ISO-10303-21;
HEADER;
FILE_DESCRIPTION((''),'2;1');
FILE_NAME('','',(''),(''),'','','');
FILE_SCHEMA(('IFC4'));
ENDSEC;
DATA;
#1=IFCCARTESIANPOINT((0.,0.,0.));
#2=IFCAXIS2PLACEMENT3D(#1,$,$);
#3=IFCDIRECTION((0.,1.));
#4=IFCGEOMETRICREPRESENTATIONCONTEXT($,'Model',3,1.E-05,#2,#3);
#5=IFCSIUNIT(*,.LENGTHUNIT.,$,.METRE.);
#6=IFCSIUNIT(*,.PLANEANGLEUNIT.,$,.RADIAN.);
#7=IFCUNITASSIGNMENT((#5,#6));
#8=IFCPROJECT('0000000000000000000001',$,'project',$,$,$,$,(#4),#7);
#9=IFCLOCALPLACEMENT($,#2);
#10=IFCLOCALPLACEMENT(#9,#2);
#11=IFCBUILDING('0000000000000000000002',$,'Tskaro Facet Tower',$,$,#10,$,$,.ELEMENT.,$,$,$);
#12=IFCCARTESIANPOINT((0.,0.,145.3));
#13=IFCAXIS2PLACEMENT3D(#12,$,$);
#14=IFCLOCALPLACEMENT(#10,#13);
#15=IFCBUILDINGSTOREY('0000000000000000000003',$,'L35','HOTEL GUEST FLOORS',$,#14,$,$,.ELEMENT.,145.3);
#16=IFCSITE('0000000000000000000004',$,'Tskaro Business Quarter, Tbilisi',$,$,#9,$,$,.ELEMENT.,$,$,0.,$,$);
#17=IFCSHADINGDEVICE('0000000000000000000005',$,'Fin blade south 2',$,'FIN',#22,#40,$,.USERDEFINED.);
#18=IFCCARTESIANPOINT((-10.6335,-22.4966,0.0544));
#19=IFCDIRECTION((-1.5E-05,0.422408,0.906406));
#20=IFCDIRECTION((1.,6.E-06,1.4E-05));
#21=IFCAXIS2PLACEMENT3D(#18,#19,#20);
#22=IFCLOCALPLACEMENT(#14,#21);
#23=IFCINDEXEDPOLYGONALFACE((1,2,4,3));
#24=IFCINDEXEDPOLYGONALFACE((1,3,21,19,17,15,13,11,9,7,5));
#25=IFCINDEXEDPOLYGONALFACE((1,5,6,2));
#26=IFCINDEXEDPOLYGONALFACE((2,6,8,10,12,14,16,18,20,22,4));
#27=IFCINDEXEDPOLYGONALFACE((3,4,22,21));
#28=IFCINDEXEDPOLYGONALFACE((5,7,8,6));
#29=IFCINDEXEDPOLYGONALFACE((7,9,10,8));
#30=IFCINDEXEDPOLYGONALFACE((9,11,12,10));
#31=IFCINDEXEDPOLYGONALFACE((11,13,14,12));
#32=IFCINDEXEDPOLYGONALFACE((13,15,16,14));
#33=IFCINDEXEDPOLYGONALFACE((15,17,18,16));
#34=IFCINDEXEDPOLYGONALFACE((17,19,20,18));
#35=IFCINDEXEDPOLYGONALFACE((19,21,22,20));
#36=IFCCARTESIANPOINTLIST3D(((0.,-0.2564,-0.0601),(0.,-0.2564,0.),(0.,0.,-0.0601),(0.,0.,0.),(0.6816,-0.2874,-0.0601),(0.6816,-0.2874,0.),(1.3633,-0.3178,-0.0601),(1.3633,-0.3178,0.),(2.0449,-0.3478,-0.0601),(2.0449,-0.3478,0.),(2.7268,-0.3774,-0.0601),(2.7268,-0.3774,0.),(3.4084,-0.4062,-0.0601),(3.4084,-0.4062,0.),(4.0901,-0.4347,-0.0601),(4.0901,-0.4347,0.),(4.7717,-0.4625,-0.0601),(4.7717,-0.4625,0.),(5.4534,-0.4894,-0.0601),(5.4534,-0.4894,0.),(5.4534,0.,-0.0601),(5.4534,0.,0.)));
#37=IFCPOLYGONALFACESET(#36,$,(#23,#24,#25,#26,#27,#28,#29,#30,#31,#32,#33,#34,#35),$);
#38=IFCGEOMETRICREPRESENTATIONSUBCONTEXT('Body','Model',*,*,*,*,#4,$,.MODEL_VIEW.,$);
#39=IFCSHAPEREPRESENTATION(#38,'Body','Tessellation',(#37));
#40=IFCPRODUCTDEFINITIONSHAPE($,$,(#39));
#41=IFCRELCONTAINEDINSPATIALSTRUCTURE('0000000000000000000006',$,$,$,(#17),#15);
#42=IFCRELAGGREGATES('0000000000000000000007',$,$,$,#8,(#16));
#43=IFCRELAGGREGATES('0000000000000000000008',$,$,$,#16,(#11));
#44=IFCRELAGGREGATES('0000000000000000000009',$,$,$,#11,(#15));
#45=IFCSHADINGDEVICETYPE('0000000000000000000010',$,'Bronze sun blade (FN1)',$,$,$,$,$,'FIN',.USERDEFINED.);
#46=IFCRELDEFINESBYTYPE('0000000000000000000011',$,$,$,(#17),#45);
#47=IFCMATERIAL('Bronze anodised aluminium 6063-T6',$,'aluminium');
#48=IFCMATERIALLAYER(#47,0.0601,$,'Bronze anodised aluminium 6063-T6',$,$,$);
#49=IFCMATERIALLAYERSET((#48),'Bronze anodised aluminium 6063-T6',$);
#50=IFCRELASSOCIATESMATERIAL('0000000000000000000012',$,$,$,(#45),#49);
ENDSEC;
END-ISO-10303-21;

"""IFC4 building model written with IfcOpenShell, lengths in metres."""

from ifc_helpers import new_model, si_unit, direction, frame, origin, place, context, subcontext, project, spatial, polyline, outline, extrude, material, layer, layer_set, type_object, element, save


model = new_model("IFC4")

# Units and contexts
model_context = context("Model", 3, precision=1e-05, world=origin(), true_north=direction((0.0, 1.0)))
body_context = subcontext(model_context, "Body", "Model", "MODEL_VIEW")
ifc_project = project(units=[si_unit("LENGTHUNIT", "METRE"), si_unit("PLANEANGLEUNIT", "RADIAN")], contexts=[model_context])

# Site, building, storey
site_placement = place(None, origin())
site = spatial("IfcSite", under=ifc_project, at=site_placement, Name="Tskaro Business Quarter, Tbilisi", CompositionType="ELEMENT", RefElevation=0.0)
building_placement = place(site_placement, origin())
building = spatial("IfcBuilding", under=site, at=building_placement, Name="Tskaro Facet Tower", CompositionType="ELEMENT")
storey_placement = place(building_placement, frame((0.0, 0.0, 145.3)))
storey = spatial("IfcBuildingStorey", under=building, at=storey_placement, Name="L35", Description="HOTEL GUEST FLOORS", CompositionType="ELEMENT", Elevation=145.3)

# Shared definitions
ifc_material_1 = material(Name="Bronze anodised aluminium 6063-T6", Category="aluminium")

# Shading device
ifc_layer_1 = layer(ifc_material_1, 0.0601, Name="Bronze anodised aluminium 6063-T6")
ifc_layer_set_1 = layer_set([ifc_layer_1], Name="Bronze anodised aluminium 6063-T6")
shading_device_type = type_object("IfcShadingDeviceType", Name="Bronze sun blade (FN1)", ElementType="FIN", PredefinedType="USERDEFINED", material=ifc_layer_set_1)
shading_device_1_placement = place(storey_placement, frame((-10.6335, -22.4966, 0.0544), z_axis=(-0.000015, 0.422408, 0.906406), x_axis=(1.0, 0.000006, 0.000014)))
element("IfcShadingDevice", 1, at=shading_device_1_placement, inside=storey, type_object=shading_device_type, Name="Fin blade south 2", ObjectType="FIN", PredefinedType="USERDEFINED", context=body_context, shape_type="SweptSolid", body=[
    extrude(outline(polyline([(0.0, 0.0), (5.4534, 0.0), (5.4534, -0.4894), (4.7717, -0.4625), (4.0901, -0.4347), (3.4084, -0.4062), (2.7268, -0.3774), (2.0449, -0.3478), (1.3633, -0.3178), (0.6816, -0.2874), (0.0, -0.2564), (0.0, 0.0)])), origin(), (0.0, 0.0, -1.0), 0.0601),
])

save(model, "model.ifc")
